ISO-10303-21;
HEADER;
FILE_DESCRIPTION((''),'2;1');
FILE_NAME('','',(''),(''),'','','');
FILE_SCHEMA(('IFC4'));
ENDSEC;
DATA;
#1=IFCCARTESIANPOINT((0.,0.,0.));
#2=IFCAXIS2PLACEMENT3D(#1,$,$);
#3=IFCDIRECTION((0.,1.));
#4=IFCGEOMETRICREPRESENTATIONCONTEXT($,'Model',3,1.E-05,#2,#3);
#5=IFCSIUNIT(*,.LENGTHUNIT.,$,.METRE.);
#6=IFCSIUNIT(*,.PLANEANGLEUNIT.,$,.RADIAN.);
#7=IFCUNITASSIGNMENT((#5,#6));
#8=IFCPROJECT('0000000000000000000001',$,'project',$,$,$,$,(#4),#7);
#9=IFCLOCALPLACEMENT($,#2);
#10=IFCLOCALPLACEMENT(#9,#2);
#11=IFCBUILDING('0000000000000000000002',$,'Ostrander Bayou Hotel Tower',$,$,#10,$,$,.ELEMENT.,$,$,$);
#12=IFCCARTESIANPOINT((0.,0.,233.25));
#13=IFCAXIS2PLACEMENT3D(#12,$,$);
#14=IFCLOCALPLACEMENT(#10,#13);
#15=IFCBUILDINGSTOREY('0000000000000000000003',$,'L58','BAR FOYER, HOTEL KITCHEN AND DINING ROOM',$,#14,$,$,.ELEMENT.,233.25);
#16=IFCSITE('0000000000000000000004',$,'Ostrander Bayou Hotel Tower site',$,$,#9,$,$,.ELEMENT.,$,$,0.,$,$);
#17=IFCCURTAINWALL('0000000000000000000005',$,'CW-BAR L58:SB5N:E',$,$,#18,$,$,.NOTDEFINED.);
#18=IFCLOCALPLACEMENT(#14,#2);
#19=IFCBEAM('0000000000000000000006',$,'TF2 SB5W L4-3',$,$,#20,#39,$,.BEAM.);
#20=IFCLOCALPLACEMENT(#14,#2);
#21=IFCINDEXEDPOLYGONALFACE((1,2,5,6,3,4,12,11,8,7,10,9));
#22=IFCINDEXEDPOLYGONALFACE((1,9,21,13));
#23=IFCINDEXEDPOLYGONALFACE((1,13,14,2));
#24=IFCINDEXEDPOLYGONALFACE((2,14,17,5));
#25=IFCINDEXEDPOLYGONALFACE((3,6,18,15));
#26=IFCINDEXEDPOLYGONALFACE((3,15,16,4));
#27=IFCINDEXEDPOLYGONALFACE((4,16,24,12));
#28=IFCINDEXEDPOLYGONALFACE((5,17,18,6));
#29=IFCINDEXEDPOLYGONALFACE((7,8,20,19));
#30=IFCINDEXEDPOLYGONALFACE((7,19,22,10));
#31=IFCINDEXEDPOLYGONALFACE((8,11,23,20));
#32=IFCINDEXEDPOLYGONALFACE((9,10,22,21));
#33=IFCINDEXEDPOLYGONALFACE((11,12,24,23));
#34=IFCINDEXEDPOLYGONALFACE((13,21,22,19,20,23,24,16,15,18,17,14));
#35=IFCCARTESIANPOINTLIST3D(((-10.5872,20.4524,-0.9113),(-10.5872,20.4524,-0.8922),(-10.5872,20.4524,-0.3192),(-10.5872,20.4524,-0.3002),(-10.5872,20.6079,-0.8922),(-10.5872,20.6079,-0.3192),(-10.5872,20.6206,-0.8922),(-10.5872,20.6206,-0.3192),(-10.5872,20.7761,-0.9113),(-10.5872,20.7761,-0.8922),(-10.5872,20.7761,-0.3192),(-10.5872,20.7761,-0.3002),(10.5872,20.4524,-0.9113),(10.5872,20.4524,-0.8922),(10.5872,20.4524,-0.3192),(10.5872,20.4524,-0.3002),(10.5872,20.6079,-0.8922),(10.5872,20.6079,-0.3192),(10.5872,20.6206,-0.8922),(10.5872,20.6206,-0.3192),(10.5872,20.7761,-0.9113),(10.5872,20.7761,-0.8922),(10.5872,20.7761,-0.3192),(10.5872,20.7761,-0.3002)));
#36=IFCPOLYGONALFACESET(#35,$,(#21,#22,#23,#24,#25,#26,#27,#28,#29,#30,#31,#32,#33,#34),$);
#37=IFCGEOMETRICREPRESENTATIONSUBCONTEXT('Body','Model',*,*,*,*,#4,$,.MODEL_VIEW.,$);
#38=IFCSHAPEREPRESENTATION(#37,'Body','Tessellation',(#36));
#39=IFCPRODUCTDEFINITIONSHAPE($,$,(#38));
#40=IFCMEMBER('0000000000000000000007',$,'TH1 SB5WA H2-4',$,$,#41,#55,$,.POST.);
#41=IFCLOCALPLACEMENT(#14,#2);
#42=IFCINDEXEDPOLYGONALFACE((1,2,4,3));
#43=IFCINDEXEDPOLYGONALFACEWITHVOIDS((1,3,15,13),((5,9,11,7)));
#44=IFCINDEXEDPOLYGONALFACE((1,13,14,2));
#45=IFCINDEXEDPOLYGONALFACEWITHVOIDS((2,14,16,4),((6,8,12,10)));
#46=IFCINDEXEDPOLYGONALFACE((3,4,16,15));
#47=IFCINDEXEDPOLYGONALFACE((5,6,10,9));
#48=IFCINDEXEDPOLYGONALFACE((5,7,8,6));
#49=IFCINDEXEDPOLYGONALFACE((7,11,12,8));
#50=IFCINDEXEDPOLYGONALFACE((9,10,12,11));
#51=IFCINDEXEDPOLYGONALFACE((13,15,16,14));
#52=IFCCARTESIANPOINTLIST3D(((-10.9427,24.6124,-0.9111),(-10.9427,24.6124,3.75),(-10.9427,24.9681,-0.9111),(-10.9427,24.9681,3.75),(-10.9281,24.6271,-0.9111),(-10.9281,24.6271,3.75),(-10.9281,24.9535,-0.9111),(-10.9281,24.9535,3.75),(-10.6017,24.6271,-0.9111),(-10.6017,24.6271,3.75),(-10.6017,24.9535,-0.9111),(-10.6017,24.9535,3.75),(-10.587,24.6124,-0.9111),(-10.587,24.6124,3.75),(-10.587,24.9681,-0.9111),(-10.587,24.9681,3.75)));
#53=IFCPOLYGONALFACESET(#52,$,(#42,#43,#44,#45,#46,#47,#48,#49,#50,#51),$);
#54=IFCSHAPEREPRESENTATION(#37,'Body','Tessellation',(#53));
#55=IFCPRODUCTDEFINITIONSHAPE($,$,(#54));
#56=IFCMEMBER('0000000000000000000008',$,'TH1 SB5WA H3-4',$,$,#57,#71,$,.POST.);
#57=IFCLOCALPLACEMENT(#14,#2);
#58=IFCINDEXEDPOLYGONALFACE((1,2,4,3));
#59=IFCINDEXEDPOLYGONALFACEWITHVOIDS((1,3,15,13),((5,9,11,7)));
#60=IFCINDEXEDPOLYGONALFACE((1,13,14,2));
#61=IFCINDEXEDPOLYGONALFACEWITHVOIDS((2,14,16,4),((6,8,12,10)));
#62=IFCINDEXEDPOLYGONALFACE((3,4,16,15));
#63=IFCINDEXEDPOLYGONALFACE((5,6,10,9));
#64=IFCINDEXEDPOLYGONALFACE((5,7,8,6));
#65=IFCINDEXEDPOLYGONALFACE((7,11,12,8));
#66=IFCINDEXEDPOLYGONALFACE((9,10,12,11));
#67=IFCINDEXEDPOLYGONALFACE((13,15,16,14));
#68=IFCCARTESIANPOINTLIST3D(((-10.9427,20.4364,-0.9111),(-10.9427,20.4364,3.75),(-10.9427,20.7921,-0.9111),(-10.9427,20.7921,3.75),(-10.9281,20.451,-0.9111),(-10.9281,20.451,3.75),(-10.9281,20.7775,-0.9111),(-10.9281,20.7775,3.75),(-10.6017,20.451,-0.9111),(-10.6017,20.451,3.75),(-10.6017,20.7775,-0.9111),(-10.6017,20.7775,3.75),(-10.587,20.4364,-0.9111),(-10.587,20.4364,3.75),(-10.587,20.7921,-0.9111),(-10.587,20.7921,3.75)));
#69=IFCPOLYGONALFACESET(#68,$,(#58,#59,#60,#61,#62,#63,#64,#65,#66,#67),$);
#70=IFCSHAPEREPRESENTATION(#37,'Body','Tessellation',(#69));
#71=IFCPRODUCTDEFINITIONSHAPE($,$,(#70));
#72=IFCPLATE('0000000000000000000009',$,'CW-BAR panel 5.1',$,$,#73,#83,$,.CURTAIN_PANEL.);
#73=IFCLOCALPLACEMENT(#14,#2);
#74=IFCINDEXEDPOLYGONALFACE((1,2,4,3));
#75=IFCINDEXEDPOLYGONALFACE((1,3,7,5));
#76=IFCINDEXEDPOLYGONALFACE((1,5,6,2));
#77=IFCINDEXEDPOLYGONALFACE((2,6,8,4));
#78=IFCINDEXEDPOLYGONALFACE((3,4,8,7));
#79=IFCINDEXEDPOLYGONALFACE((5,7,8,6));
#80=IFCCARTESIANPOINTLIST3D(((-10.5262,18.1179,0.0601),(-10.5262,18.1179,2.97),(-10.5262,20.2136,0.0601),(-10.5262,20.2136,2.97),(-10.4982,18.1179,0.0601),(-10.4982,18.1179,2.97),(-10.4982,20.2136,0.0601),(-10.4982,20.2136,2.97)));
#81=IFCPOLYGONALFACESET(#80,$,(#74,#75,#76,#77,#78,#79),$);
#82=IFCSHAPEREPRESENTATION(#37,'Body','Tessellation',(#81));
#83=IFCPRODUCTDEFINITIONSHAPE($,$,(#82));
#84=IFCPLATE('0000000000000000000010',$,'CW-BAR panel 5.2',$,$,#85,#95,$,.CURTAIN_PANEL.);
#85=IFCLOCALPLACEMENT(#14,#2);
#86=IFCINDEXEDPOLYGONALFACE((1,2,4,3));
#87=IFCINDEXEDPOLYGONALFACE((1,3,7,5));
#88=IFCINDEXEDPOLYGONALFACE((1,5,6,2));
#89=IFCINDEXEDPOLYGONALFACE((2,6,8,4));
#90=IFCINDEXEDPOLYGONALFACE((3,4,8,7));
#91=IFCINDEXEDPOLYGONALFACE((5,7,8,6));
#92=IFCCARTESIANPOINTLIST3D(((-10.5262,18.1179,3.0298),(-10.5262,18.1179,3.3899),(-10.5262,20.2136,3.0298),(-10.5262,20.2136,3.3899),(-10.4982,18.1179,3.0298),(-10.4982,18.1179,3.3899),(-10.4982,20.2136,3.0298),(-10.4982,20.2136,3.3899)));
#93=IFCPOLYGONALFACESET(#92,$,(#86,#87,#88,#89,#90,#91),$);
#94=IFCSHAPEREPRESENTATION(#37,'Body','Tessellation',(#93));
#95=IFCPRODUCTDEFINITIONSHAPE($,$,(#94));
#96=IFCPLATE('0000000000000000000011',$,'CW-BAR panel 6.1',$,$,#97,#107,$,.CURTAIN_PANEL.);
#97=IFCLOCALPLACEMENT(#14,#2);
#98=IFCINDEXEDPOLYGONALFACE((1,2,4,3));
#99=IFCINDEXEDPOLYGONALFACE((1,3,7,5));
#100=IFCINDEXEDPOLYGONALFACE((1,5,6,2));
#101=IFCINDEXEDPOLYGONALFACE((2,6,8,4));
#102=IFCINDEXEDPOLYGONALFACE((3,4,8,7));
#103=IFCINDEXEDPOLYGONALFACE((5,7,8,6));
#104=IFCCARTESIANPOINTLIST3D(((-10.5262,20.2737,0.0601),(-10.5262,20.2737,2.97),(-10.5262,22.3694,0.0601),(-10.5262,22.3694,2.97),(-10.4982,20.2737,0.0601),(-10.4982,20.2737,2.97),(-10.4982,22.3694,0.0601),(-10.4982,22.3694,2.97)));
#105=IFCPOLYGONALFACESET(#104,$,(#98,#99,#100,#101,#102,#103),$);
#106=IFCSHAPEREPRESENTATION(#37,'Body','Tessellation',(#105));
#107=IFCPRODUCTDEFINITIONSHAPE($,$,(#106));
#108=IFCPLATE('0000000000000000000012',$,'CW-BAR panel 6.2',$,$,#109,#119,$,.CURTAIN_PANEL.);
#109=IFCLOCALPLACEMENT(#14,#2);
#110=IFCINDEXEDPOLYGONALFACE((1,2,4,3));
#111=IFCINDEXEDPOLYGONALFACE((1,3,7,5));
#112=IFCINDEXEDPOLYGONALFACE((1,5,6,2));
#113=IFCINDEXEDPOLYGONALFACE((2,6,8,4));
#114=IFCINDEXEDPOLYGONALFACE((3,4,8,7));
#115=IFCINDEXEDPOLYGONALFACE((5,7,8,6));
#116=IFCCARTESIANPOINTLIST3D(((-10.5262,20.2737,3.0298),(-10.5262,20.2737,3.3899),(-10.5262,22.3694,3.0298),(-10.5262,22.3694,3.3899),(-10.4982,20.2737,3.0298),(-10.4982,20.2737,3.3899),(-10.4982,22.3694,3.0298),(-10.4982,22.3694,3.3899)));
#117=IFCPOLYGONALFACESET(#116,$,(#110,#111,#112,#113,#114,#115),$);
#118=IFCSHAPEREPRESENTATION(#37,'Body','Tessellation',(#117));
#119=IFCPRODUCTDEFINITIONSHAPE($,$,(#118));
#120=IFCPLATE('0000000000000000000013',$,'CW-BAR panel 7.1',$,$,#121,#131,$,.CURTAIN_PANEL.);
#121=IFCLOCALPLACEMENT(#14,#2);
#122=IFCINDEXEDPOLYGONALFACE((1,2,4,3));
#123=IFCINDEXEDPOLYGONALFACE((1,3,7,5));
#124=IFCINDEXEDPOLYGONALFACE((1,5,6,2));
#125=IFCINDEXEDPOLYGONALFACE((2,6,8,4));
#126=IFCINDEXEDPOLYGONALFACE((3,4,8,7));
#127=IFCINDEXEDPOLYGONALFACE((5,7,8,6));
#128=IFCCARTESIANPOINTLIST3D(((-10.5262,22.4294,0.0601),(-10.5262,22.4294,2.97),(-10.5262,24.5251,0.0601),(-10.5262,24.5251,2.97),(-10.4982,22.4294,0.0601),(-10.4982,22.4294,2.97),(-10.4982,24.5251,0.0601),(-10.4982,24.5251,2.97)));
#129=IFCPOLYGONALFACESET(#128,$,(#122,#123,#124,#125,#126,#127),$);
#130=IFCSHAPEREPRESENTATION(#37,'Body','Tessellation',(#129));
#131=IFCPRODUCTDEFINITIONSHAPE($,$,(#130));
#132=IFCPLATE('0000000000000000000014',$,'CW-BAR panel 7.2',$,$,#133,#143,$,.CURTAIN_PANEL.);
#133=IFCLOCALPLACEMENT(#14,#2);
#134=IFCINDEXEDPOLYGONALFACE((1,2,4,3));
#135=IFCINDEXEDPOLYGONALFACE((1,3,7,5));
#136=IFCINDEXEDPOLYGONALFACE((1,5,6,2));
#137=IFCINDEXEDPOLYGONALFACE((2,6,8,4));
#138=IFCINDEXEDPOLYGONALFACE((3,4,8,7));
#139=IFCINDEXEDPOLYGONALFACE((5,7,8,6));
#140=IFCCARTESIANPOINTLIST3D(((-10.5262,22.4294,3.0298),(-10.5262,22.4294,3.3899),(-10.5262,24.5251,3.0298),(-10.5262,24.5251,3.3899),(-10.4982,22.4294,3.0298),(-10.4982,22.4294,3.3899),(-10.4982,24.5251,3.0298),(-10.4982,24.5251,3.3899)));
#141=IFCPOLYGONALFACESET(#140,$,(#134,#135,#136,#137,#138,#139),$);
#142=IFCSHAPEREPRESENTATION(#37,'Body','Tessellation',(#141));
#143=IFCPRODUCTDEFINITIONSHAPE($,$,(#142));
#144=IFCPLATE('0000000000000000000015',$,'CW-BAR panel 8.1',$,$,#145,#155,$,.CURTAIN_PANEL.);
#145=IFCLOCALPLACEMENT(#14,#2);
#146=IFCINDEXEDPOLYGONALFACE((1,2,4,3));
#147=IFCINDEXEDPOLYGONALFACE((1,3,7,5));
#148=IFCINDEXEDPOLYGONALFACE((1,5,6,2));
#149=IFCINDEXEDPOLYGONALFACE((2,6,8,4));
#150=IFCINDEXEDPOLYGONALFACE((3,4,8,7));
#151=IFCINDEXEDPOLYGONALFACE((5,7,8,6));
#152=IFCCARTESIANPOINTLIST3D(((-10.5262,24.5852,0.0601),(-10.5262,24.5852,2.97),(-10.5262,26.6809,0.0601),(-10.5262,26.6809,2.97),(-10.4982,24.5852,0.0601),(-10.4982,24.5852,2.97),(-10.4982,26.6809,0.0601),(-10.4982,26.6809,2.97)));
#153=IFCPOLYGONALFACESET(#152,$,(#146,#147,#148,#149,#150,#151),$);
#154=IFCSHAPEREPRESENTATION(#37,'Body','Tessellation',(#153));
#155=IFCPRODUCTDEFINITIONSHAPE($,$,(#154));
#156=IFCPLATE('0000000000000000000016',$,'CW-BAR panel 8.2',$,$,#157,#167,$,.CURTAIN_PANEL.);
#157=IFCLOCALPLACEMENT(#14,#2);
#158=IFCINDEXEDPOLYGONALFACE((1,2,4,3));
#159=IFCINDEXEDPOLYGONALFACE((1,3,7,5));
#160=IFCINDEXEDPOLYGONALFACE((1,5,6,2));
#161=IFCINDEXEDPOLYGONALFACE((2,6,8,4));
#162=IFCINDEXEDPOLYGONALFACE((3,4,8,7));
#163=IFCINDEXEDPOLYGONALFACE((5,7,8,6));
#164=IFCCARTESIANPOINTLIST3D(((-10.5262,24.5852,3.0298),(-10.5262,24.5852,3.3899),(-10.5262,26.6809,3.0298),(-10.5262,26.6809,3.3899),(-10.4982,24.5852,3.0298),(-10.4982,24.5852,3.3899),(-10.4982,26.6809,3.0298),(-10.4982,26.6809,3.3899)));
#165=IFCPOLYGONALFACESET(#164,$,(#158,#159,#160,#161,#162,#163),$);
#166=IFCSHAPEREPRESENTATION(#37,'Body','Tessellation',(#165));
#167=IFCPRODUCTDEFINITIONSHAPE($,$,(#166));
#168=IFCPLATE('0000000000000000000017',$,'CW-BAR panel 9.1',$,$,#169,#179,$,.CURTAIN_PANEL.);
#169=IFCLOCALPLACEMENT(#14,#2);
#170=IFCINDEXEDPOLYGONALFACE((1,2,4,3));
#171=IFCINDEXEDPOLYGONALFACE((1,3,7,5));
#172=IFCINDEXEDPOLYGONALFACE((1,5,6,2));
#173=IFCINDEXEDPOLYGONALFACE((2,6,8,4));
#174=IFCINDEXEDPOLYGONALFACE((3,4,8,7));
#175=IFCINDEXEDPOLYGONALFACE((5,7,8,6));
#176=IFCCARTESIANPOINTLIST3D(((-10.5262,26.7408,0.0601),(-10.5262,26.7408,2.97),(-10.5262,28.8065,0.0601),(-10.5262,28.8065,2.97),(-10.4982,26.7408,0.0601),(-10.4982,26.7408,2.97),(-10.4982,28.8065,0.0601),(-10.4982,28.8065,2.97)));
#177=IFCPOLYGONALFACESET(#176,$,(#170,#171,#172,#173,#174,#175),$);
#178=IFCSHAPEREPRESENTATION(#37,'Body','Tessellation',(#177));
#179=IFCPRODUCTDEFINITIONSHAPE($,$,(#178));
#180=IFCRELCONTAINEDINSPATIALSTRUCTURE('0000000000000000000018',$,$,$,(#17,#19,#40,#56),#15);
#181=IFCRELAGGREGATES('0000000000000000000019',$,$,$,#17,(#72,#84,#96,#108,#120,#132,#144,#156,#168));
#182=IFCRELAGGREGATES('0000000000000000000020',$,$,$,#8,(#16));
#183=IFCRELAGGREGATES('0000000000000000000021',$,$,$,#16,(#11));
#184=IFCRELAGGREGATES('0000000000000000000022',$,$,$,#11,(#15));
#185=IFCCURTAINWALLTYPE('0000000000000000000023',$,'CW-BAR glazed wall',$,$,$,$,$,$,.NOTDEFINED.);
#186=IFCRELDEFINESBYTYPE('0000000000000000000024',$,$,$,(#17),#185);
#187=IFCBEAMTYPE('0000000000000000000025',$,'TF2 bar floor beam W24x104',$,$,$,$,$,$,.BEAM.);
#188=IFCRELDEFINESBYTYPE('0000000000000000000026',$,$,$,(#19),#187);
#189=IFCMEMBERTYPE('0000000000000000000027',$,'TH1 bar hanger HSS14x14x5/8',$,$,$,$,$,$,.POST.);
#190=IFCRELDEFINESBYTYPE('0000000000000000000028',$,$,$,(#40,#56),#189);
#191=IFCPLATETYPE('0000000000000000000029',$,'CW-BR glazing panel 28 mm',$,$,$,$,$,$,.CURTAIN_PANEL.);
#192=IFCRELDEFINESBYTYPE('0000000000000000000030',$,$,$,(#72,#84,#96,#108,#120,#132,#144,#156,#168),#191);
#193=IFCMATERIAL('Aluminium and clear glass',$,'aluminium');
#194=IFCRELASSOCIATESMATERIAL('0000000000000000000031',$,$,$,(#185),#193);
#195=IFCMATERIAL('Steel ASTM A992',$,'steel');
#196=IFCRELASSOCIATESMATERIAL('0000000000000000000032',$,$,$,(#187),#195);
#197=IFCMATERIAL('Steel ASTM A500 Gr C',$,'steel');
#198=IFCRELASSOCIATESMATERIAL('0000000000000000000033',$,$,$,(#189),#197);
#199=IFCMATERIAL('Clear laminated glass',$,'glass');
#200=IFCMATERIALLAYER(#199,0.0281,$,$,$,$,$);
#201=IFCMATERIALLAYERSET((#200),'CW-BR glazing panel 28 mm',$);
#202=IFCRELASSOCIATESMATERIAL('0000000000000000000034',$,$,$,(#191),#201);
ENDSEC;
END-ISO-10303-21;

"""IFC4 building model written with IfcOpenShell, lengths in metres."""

from ifc_helpers import new_model, si_unit, direction, frame, origin, origin_2d, place, context, subcontext, project, spatial, rectangle, hollow_rectangle, i_section, extrude, material, layer, layer_set, material_profile, profile_set, type_object, element, aggregate, save


model = new_model("IFC4")

# Units and contexts
model_context = context("Model", 3, precision=1e-05, world=origin(), true_north=direction((0.0, 1.0)))
body_context = subcontext(model_context, "Body", "Model", "MODEL_VIEW")
ifc_project = project(units=[si_unit("LENGTHUNIT", "METRE"), si_unit("PLANEANGLEUNIT", "RADIAN")], contexts=[model_context])

# Site, building, storey
site_placement = place(None, origin())
site = spatial("IfcSite", under=ifc_project, at=site_placement, Name="Ostrander Bayou Hotel Tower site", CompositionType="ELEMENT", RefElevation=0.0)
building_placement = place(site_placement, origin())
building = spatial("IfcBuilding", under=site, at=building_placement, Name="Ostrander Bayou Hotel Tower", CompositionType="ELEMENT")
storey_placement = place(building_placement, frame((0.0, 0.0, 233.25)))
storey = spatial("IfcBuildingStorey", under=building, at=storey_placement, Name="L58", Description="BAR FOYER, HOTEL KITCHEN AND DINING ROOM", CompositionType="ELEMENT", Elevation=233.25)

# Curtain wall
ifc_material_1 = material(Name="Aluminium and clear glass", Category="aluminium")
curtain_wall_type = type_object("IfcCurtainWallType", Name="CW-BAR glazed wall", PredefinedType="NOTDEFINED", material=ifc_material_1)
curtain_wall_placement = place(storey_placement, origin())
curtain_wall = element("IfcCurtainWall", 1, at=curtain_wall_placement, inside=storey, type_object=curtain_wall_type, Name="CW-BAR L58:SB5N:E", PredefinedType="NOTDEFINED")

# Beam
ifc_material_2 = material(Name="Steel ASTM A992", Category="steel")
ifc_material_profile_1 = material_profile(ifc_material_2, i_section(OverallWidth=0.3237, OverallDepth=0.6111, WebThickness=0.0127, FlangeThickness=0.019, at=origin_2d()))
ifc_profile_set_1 = profile_set([ifc_material_profile_1], Name="Steel ASTM A992")
beam_type = type_object("IfcBeamType", Name="TF2 bar floor beam W24x104", PredefinedType="BEAM", material=ifc_profile_set_1)
for number, where, z_axis, x_axis, name in (
    (2, (-10.5872, 20.6143, -0.6057), (1.0, 0.0, 0.0), (0.0, 1.0, 0.0), "TF2 SB5W L4-3"),
):
    element("IfcBeam", number, at=place(storey_placement, frame(where, z_axis=z_axis, x_axis=x_axis)), inside=storey, type_object=beam_type, Name=name, PredefinedType="BEAM", context=body_context, shape_type="SweptSolid", body=[
        extrude(i_section(OverallWidth=0.3237, OverallDepth=0.6111, WebThickness=0.0127, FlangeThickness=0.019, at=origin_2d()), origin(), (0.0, 0.0, 1.0), 21.1743),
    ])

# Members
ifc_material_3 = material(Name="Steel ASTM A500 Gr C", Category="steel")
ifc_material_profile_2 = material_profile(ifc_material_3, hollow_rectangle(XDim=0.3557, YDim=0.3557, WallThickness=0.0146, at=origin_2d()))
ifc_profile_set_2 = profile_set([ifc_material_profile_2], Name="Steel ASTM A500 Gr C")
member_type_1 = type_object("IfcMemberType", Name="TH1 bar hanger HSS14x14x5/8", PredefinedType="POST", material=ifc_profile_set_2)
for number, where, z_axis, x_axis, name in (
    (3, (-10.7649, 24.7903, -0.9111), (0.0, 0.0, 1.0), (1.0, 0.0, 0.0), "TH1 SB5WA H2-4"),
    (4, (-10.7649, 20.6143, -0.9111), (0.0, 0.0, 1.0), (1.0, 0.0, 0.0), "TH1 SB5WA H3-4"),
):
    element("IfcMember", number, at=place(storey_placement, frame(where, z_axis=z_axis, x_axis=x_axis)), inside=storey, type_object=member_type_1, Name=name, PredefinedType="POST", context=body_context, shape_type="SweptSolid", body=[
        extrude(hollow_rectangle(XDim=0.3557, YDim=0.3557, WallThickness=0.0146, at=origin_2d()), origin(), (0.0, 0.0, 1.0), 4.6611),
    ])

# Plates
ifc_material_4 = material(Name="Clear laminated glass", Category="glass")
ifc_layer_1 = layer(ifc_material_4, 0.0281)
ifc_layer_set_1 = layer_set([ifc_layer_1], Name="CW-BR glazing panel 28 mm")
plate_type = type_object("IfcPlateType", Name="CW-BR glazing panel 28 mm", PredefinedType="CURTAIN_PANEL", material=ifc_layer_set_1)
plate_1_placement = place(storey_placement, frame((-10.5122, 19.1658, 0.0601), z_axis=(0.0, 0.0, 1.0), x_axis=(0.0, 1.0, 0.0)))
plate_1 = element("IfcPlate", 5, at=plate_1_placement, type_object=plate_type, Name="CW-BAR panel 5.1", PredefinedType="CURTAIN_PANEL", context=body_context, shape_type="SweptSolid", body=[
    extrude(rectangle(XDim=2.0957, YDim=0.0281, at=origin_2d()), origin(), (0.0, 0.0, 1.0), 2.9099),
])
plate_2_placement = place(storey_placement, frame((-10.5122, 19.1658, 3.0298), z_axis=(0.0, 0.0, 1.0), x_axis=(0.0, 1.0, 0.0)))
plate_2 = element("IfcPlate", 6, at=plate_2_placement, type_object=plate_type, Name="CW-BAR panel 5.2", PredefinedType="CURTAIN_PANEL", context=body_context, shape_type="SweptSolid", body=[
    extrude(rectangle(XDim=2.0957, YDim=0.0281, at=origin_2d()), origin(), (0.0, 0.0, 1.0), 0.3601),
])
plate_3_placement = place(storey_placement, frame((-10.5122, 21.3215, 0.0601), z_axis=(0.0, 0.0, 1.0), x_axis=(0.0, 1.0, 0.0)))
plate_3 = element("IfcPlate", 7, at=plate_3_placement, type_object=plate_type, Name="CW-BAR panel 6.1", PredefinedType="CURTAIN_PANEL", context=body_context, shape_type="SweptSolid", body=[
    extrude(rectangle(XDim=2.0957, YDim=0.0281, at=origin_2d()), origin(), (0.0, 0.0, 1.0), 2.9099),
])
plate_4_placement = place(storey_placement, frame((-10.5122, 21.3215, 3.0298), z_axis=(0.0, 0.0, 1.0), x_axis=(0.0, 1.0, 0.0)))
plate_4 = element("IfcPlate", 8, at=plate_4_placement, type_object=plate_type, Name="CW-BAR panel 6.2", PredefinedType="CURTAIN_PANEL", context=body_context, shape_type="SweptSolid", body=[
    extrude(rectangle(XDim=2.0957, YDim=0.0281, at=origin_2d()), origin(), (0.0, 0.0, 1.0), 0.3601),
])
plate_5_placement = place(storey_placement, frame((-10.5122, 23.4773, 0.0601), z_axis=(0.0, 0.0, 1.0), x_axis=(0.0, 1.0, 0.0)))
plate_5 = element("IfcPlate", 9, at=plate_5_placement, type_object=plate_type, Name="CW-BAR panel 7.1", PredefinedType="CURTAIN_PANEL", context=body_context, shape_type="SweptSolid", body=[
    extrude(rectangle(XDim=2.0957, YDim=0.0281, at=origin_2d()), origin(), (0.0, 0.0, 1.0), 2.9099),
])
plate_6_placement = place(storey_placement, frame((-10.5122, 23.4773, 3.0298), z_axis=(0.0, 0.0, 1.0), x_axis=(0.0, 1.0, 0.0)))
plate_6 = element("IfcPlate", 10, at=plate_6_placement, type_object=plate_type, Name="CW-BAR panel 7.2", PredefinedType="CURTAIN_PANEL", context=body_context, shape_type="SweptSolid", body=[
    extrude(rectangle(XDim=2.0957, YDim=0.0281, at=origin_2d()), origin(), (0.0, 0.0, 1.0), 0.3601),
])
plate_7_placement = place(storey_placement, frame((-10.5122, 25.6331, 0.0601), z_axis=(0.0, 0.0, 1.0), x_axis=(0.0, 1.0, 0.0)))
plate_7 = element("IfcPlate", 11, at=plate_7_placement, type_object=plate_type, Name="CW-BAR panel 8.1", PredefinedType="CURTAIN_PANEL", context=body_context, shape_type="SweptSolid", body=[
    extrude(rectangle(XDim=2.0957, YDim=0.0281, at=origin_2d()), origin(), (0.0, 0.0, 1.0), 2.9099),
])
plate_8_placement = place(storey_placement, frame((-10.5122, 25.6331, 3.0298), z_axis=(0.0, 0.0, 1.0), x_axis=(0.0, 1.0, 0.0)))
plate_8 = element("IfcPlate", 12, at=plate_8_placement, type_object=plate_type, Name="CW-BAR panel 8.2", PredefinedType="CURTAIN_PANEL", context=body_context, shape_type="SweptSolid", body=[
    extrude(rectangle(XDim=2.0957, YDim=0.0281, at=origin_2d()), origin(), (0.0, 0.0, 1.0), 0.3601),
])
plate_9_placement = place(storey_placement, frame((-10.5122, 27.7737, 0.0601), z_axis=(0.0, 0.0, 1.0), x_axis=(0.0, 1.0, 0.0)))
plate_9 = element("IfcPlate", 13, at=plate_9_placement, type_object=plate_type, Name="CW-BAR panel 9.1", PredefinedType="CURTAIN_PANEL", context=body_context, shape_type="SweptSolid", body=[
    extrude(rectangle(XDim=2.0657, YDim=0.0281, at=origin_2d()), origin(), (0.0, 0.0, 1.0), 2.9099),
])
aggregate(curtain_wall, [plate_1, plate_2, plate_3, plate_4, plate_5, plate_6, plate_7, plate_8, plate_9])

save(model, "model.ifc")
